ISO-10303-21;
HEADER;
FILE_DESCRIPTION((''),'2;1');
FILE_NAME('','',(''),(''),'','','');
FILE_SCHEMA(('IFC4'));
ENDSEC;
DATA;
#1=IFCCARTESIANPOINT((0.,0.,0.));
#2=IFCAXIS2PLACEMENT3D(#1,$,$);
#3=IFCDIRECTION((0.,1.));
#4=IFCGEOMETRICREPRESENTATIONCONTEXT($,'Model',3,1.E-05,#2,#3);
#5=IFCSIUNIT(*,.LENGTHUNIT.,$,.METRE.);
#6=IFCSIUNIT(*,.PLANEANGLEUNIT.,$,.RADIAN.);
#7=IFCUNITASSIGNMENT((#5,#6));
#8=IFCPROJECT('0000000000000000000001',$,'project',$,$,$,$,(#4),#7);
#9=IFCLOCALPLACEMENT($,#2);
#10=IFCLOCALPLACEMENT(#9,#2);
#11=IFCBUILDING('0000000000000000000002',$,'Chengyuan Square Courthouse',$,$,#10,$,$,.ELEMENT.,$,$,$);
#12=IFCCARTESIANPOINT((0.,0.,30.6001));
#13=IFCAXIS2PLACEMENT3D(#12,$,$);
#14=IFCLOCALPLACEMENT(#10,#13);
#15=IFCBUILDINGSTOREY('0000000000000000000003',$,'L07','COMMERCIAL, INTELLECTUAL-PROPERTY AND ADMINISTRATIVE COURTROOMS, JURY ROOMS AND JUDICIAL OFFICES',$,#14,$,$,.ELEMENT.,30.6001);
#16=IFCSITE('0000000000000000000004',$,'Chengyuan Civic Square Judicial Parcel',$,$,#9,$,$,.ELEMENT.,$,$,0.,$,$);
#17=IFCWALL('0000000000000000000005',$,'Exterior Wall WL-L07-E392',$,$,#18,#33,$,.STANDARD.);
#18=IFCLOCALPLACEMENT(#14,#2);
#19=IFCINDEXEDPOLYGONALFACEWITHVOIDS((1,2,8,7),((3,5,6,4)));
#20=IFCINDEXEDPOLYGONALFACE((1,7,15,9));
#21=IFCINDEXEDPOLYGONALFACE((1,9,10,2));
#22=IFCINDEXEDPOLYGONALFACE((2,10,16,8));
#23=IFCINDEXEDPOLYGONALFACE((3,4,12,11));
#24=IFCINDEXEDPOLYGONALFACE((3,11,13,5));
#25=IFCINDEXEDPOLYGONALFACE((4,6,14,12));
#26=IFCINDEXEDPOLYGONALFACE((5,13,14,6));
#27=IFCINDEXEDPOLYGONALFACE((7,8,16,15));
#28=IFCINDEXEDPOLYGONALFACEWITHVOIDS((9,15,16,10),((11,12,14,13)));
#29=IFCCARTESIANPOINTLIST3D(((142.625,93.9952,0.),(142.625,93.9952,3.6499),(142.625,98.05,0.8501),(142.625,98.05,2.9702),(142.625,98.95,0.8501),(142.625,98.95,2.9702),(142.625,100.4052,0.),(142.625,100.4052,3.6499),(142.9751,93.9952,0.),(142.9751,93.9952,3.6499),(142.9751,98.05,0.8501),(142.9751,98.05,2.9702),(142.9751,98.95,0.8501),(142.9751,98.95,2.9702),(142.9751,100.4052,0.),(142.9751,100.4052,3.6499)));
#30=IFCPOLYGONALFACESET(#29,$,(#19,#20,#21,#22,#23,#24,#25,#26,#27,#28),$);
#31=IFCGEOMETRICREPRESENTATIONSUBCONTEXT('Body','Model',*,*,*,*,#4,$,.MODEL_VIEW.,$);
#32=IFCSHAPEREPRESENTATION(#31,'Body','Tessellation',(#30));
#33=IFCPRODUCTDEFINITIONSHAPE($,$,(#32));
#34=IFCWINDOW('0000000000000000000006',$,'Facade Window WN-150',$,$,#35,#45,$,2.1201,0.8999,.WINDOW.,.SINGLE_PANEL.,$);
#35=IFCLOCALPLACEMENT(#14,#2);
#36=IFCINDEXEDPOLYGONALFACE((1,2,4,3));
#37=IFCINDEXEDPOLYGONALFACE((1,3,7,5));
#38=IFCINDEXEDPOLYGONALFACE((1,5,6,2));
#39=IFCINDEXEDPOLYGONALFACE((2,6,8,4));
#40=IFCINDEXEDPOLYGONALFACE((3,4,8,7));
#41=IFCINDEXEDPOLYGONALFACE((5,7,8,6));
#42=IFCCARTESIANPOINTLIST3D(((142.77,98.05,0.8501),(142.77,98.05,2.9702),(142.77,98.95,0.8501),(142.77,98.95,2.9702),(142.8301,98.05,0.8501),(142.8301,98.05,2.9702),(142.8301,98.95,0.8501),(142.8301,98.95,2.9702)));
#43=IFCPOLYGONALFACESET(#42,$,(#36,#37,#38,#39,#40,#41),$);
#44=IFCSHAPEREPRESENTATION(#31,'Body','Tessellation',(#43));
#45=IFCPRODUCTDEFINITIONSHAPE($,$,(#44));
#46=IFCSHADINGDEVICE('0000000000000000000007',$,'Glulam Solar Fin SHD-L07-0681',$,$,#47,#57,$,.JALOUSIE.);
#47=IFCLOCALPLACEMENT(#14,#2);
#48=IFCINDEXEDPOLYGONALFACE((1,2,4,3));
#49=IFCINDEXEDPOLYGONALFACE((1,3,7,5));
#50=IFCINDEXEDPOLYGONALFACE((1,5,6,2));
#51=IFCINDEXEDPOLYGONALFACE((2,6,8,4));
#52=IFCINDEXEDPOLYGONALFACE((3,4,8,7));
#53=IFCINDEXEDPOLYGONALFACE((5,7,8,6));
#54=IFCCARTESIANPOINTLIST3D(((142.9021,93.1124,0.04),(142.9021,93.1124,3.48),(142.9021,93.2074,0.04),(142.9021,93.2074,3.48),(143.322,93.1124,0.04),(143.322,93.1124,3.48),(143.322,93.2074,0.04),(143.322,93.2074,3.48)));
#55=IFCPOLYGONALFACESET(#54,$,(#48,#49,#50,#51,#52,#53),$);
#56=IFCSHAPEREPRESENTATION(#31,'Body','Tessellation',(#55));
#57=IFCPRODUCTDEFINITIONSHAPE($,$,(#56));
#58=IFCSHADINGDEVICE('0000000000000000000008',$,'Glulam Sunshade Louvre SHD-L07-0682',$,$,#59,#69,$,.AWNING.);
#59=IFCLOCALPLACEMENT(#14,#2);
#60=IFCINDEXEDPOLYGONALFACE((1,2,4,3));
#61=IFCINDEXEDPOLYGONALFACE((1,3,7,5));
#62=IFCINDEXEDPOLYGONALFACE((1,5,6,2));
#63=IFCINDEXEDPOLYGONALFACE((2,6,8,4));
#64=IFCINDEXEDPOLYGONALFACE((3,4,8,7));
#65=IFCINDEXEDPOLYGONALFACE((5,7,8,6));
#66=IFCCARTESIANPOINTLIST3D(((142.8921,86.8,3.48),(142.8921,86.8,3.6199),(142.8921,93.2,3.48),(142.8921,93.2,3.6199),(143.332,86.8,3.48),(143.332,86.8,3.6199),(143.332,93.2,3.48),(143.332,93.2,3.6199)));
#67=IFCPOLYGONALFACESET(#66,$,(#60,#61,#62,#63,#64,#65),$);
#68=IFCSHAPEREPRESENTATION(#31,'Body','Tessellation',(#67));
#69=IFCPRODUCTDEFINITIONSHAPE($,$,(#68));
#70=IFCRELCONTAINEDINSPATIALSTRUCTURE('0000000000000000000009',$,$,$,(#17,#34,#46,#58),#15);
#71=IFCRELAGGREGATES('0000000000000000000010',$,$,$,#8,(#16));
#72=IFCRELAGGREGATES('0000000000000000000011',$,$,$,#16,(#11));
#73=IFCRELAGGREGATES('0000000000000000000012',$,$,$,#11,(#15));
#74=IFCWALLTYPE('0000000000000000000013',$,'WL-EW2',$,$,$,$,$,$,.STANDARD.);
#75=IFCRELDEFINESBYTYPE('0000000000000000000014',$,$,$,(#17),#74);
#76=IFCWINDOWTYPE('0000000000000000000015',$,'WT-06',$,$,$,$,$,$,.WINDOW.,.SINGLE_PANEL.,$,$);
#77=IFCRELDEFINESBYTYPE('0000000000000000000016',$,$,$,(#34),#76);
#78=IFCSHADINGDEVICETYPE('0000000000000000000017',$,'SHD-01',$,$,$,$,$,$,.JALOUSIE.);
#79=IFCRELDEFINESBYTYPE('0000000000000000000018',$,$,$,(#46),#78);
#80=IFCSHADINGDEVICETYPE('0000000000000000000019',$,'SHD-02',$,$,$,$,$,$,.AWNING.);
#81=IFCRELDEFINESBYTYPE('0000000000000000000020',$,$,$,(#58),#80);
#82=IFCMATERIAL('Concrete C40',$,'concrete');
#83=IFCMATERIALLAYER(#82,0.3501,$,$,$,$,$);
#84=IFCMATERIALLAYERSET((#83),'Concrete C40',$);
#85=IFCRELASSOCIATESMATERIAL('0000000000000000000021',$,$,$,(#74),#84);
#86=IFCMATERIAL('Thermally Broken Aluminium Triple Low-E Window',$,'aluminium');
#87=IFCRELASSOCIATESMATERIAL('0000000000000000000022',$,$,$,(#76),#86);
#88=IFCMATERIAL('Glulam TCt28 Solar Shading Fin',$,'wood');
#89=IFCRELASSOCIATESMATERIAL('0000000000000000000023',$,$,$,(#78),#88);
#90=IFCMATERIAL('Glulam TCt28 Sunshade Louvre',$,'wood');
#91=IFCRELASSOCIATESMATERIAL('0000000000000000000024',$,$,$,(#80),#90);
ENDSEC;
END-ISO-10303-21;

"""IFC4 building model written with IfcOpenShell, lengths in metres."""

from ifc_helpers import new_model, si_unit, direction, frame, frame_2d, origin, origin_2d, place, context, subcontext, project, spatial, rectangle, extrude, material, layer, layer_set, type_object, element, fill, save


model = new_model("IFC4")

# Units and contexts
model_context = context("Model", 3, precision=1e-05, world=origin(), true_north=direction((0.0, 1.0)))
body_context = subcontext(model_context, "Body", "Model", "MODEL_VIEW")
ifc_project = project(units=[si_unit("LENGTHUNIT", "METRE"), si_unit("PLANEANGLEUNIT", "RADIAN")], contexts=[model_context])

# Site, building, storey
site_placement = place(None, origin())
site = spatial("IfcSite", under=ifc_project, at=site_placement, Name="Chengyuan Civic Square Judicial Parcel", CompositionType="ELEMENT", RefElevation=0.0)
building_placement = place(site_placement, origin())
building = spatial("IfcBuilding", under=site, at=building_placement, Name="Chengyuan Square Courthouse", CompositionType="ELEMENT")
storey_placement = place(building_placement, frame((0.0, 0.0, 30.6001)))
storey = spatial("IfcBuildingStorey", under=building, at=storey_placement, Name="L07", Description="COMMERCIAL, INTELLECTUAL-PROPERTY AND ADMINISTRATIVE COURTROOMS, JURY ROOMS AND JUDICIAL OFFICES", CompositionType="ELEMENT", Elevation=30.6001)

# Shared definitions
ifc_material_1 = material(Name="Concrete C40", Category="concrete")

# Wall, opening, window
ifc_layer_1 = layer(ifc_material_1, 0.3501)
ifc_layer_set_1 = layer_set([ifc_layer_1], Name="Concrete C40")
wall_type = type_object("IfcWallType", Name="WL-EW2", PredefinedType="STANDARD", material=ifc_layer_set_1)
wall_placement = place(storey_placement, frame((142.8, 93.9951, 0.0), z_axis=(0.0, 0.0, 1.0), x_axis=(0.0, 1.0, 0.0)))
wall = element("IfcWall", 1, at=wall_placement, inside=storey, type_object=wall_type, Name="Exterior Wall WL-L07-E392", PredefinedType="STANDARD", context=body_context, shape_type="SweptSolid", body=[
    extrude(rectangle(XDim=6.4099, YDim=0.3501, at=frame_2d((3.2051, 0.0))), origin(), (0.0, 0.0, 1.0), 3.6499),
])
opening_placement = place(wall_placement, frame((4.0549, 0.0, 0.8501)))
opening = element("IfcOpeningElement", 2, at=opening_placement, cuts=wall, PredefinedType="OPENING", context=body_context, shape_type="SweptSolid", body=[
    extrude(rectangle(XDim=0.8999, YDim=2.1201, at=frame_2d((0.45, 1.0601))), frame((0.0, 0.187, 0.0), z_axis=(0.0, -1.0, 0.0), x_axis=(1.0, 0.0, 0.0)), (0.0, 0.0, 1.0), 0.374),
])
ifc_material_2 = material(Name="Thermally Broken Aluminium Triple Low-E Window", Category="aluminium")
window_type = type_object("IfcWindowType", Name="WT-06", PartitioningType="SINGLE_PANEL", PredefinedType="WINDOW", material=ifc_material_2)
window_placement = place(opening_placement, origin())
window = element("IfcWindow", 3, at=window_placement, inside=storey, type_object=window_type, Name="Facade Window WN-150", OverallHeight=2.1201, OverallWidth=0.8999, PartitioningType="SINGLE_PANEL", PredefinedType="WINDOW", context=body_context, shape_type="SweptSolid", body=[
    extrude(rectangle(XDim=0.8999, YDim=2.1201, at=frame_2d((0.45, 1.0601))), frame((0.0, 0.03, 0.0), z_axis=(0.0, -1.0, 0.0), x_axis=(1.0, 0.0, 0.0)), (0.0, 0.0, 1.0), 0.0601),
])
fill(opening, window)

# Shading devices
ifc_material_3 = material(Name="Glulam TCt28 Solar Shading Fin", Category="wood")
shading_device_type_1 = type_object("IfcShadingDeviceType", Name="SHD-01", PredefinedType="JALOUSIE", material=ifc_material_3)
shading_device_1_placement = place(storey_placement, frame((143.1121, 93.1599, 0.04), z_axis=(0.0, 0.0, 1.0), x_axis=(1.0, 0.0, 0.0)))
element("IfcShadingDevice", 4, at=shading_device_1_placement, inside=storey, type_object=shading_device_type_1, Name="Glulam Solar Fin SHD-L07-0681", PredefinedType="JALOUSIE", context=body_context, shape_type="SweptSolid", body=[
    extrude(rectangle(XDim=0.4199, YDim=0.095, at=origin_2d()), origin(), (0.0, 0.0, 1.0), 3.4399),
])
ifc_material_4 = material(Name="Glulam TCt28 Sunshade Louvre", Category="wood")
shading_device_type_2 = type_object("IfcShadingDeviceType", Name="SHD-02", PredefinedType="AWNING", material=ifc_material_4)
shading_device_2_placement = place(storey_placement, frame((143.1121, 90.0, 3.48), z_axis=(0.0, 0.0, 1.0), x_axis=(0.0, 1.0, 0.0)))
element("IfcShadingDevice", 5, at=shading_device_2_placement, inside=storey, type_object=shading_device_type_2, Name="Glulam Sunshade Louvre SHD-L07-0682", PredefinedType="AWNING", context=body_context, shape_type="SweptSolid", body=[
    extrude(rectangle(XDim=6.3999, YDim=0.4399, at=origin_2d()), origin(), (0.0, 0.0, 1.0), 0.1399),
])

save(model, "model.ifc")
